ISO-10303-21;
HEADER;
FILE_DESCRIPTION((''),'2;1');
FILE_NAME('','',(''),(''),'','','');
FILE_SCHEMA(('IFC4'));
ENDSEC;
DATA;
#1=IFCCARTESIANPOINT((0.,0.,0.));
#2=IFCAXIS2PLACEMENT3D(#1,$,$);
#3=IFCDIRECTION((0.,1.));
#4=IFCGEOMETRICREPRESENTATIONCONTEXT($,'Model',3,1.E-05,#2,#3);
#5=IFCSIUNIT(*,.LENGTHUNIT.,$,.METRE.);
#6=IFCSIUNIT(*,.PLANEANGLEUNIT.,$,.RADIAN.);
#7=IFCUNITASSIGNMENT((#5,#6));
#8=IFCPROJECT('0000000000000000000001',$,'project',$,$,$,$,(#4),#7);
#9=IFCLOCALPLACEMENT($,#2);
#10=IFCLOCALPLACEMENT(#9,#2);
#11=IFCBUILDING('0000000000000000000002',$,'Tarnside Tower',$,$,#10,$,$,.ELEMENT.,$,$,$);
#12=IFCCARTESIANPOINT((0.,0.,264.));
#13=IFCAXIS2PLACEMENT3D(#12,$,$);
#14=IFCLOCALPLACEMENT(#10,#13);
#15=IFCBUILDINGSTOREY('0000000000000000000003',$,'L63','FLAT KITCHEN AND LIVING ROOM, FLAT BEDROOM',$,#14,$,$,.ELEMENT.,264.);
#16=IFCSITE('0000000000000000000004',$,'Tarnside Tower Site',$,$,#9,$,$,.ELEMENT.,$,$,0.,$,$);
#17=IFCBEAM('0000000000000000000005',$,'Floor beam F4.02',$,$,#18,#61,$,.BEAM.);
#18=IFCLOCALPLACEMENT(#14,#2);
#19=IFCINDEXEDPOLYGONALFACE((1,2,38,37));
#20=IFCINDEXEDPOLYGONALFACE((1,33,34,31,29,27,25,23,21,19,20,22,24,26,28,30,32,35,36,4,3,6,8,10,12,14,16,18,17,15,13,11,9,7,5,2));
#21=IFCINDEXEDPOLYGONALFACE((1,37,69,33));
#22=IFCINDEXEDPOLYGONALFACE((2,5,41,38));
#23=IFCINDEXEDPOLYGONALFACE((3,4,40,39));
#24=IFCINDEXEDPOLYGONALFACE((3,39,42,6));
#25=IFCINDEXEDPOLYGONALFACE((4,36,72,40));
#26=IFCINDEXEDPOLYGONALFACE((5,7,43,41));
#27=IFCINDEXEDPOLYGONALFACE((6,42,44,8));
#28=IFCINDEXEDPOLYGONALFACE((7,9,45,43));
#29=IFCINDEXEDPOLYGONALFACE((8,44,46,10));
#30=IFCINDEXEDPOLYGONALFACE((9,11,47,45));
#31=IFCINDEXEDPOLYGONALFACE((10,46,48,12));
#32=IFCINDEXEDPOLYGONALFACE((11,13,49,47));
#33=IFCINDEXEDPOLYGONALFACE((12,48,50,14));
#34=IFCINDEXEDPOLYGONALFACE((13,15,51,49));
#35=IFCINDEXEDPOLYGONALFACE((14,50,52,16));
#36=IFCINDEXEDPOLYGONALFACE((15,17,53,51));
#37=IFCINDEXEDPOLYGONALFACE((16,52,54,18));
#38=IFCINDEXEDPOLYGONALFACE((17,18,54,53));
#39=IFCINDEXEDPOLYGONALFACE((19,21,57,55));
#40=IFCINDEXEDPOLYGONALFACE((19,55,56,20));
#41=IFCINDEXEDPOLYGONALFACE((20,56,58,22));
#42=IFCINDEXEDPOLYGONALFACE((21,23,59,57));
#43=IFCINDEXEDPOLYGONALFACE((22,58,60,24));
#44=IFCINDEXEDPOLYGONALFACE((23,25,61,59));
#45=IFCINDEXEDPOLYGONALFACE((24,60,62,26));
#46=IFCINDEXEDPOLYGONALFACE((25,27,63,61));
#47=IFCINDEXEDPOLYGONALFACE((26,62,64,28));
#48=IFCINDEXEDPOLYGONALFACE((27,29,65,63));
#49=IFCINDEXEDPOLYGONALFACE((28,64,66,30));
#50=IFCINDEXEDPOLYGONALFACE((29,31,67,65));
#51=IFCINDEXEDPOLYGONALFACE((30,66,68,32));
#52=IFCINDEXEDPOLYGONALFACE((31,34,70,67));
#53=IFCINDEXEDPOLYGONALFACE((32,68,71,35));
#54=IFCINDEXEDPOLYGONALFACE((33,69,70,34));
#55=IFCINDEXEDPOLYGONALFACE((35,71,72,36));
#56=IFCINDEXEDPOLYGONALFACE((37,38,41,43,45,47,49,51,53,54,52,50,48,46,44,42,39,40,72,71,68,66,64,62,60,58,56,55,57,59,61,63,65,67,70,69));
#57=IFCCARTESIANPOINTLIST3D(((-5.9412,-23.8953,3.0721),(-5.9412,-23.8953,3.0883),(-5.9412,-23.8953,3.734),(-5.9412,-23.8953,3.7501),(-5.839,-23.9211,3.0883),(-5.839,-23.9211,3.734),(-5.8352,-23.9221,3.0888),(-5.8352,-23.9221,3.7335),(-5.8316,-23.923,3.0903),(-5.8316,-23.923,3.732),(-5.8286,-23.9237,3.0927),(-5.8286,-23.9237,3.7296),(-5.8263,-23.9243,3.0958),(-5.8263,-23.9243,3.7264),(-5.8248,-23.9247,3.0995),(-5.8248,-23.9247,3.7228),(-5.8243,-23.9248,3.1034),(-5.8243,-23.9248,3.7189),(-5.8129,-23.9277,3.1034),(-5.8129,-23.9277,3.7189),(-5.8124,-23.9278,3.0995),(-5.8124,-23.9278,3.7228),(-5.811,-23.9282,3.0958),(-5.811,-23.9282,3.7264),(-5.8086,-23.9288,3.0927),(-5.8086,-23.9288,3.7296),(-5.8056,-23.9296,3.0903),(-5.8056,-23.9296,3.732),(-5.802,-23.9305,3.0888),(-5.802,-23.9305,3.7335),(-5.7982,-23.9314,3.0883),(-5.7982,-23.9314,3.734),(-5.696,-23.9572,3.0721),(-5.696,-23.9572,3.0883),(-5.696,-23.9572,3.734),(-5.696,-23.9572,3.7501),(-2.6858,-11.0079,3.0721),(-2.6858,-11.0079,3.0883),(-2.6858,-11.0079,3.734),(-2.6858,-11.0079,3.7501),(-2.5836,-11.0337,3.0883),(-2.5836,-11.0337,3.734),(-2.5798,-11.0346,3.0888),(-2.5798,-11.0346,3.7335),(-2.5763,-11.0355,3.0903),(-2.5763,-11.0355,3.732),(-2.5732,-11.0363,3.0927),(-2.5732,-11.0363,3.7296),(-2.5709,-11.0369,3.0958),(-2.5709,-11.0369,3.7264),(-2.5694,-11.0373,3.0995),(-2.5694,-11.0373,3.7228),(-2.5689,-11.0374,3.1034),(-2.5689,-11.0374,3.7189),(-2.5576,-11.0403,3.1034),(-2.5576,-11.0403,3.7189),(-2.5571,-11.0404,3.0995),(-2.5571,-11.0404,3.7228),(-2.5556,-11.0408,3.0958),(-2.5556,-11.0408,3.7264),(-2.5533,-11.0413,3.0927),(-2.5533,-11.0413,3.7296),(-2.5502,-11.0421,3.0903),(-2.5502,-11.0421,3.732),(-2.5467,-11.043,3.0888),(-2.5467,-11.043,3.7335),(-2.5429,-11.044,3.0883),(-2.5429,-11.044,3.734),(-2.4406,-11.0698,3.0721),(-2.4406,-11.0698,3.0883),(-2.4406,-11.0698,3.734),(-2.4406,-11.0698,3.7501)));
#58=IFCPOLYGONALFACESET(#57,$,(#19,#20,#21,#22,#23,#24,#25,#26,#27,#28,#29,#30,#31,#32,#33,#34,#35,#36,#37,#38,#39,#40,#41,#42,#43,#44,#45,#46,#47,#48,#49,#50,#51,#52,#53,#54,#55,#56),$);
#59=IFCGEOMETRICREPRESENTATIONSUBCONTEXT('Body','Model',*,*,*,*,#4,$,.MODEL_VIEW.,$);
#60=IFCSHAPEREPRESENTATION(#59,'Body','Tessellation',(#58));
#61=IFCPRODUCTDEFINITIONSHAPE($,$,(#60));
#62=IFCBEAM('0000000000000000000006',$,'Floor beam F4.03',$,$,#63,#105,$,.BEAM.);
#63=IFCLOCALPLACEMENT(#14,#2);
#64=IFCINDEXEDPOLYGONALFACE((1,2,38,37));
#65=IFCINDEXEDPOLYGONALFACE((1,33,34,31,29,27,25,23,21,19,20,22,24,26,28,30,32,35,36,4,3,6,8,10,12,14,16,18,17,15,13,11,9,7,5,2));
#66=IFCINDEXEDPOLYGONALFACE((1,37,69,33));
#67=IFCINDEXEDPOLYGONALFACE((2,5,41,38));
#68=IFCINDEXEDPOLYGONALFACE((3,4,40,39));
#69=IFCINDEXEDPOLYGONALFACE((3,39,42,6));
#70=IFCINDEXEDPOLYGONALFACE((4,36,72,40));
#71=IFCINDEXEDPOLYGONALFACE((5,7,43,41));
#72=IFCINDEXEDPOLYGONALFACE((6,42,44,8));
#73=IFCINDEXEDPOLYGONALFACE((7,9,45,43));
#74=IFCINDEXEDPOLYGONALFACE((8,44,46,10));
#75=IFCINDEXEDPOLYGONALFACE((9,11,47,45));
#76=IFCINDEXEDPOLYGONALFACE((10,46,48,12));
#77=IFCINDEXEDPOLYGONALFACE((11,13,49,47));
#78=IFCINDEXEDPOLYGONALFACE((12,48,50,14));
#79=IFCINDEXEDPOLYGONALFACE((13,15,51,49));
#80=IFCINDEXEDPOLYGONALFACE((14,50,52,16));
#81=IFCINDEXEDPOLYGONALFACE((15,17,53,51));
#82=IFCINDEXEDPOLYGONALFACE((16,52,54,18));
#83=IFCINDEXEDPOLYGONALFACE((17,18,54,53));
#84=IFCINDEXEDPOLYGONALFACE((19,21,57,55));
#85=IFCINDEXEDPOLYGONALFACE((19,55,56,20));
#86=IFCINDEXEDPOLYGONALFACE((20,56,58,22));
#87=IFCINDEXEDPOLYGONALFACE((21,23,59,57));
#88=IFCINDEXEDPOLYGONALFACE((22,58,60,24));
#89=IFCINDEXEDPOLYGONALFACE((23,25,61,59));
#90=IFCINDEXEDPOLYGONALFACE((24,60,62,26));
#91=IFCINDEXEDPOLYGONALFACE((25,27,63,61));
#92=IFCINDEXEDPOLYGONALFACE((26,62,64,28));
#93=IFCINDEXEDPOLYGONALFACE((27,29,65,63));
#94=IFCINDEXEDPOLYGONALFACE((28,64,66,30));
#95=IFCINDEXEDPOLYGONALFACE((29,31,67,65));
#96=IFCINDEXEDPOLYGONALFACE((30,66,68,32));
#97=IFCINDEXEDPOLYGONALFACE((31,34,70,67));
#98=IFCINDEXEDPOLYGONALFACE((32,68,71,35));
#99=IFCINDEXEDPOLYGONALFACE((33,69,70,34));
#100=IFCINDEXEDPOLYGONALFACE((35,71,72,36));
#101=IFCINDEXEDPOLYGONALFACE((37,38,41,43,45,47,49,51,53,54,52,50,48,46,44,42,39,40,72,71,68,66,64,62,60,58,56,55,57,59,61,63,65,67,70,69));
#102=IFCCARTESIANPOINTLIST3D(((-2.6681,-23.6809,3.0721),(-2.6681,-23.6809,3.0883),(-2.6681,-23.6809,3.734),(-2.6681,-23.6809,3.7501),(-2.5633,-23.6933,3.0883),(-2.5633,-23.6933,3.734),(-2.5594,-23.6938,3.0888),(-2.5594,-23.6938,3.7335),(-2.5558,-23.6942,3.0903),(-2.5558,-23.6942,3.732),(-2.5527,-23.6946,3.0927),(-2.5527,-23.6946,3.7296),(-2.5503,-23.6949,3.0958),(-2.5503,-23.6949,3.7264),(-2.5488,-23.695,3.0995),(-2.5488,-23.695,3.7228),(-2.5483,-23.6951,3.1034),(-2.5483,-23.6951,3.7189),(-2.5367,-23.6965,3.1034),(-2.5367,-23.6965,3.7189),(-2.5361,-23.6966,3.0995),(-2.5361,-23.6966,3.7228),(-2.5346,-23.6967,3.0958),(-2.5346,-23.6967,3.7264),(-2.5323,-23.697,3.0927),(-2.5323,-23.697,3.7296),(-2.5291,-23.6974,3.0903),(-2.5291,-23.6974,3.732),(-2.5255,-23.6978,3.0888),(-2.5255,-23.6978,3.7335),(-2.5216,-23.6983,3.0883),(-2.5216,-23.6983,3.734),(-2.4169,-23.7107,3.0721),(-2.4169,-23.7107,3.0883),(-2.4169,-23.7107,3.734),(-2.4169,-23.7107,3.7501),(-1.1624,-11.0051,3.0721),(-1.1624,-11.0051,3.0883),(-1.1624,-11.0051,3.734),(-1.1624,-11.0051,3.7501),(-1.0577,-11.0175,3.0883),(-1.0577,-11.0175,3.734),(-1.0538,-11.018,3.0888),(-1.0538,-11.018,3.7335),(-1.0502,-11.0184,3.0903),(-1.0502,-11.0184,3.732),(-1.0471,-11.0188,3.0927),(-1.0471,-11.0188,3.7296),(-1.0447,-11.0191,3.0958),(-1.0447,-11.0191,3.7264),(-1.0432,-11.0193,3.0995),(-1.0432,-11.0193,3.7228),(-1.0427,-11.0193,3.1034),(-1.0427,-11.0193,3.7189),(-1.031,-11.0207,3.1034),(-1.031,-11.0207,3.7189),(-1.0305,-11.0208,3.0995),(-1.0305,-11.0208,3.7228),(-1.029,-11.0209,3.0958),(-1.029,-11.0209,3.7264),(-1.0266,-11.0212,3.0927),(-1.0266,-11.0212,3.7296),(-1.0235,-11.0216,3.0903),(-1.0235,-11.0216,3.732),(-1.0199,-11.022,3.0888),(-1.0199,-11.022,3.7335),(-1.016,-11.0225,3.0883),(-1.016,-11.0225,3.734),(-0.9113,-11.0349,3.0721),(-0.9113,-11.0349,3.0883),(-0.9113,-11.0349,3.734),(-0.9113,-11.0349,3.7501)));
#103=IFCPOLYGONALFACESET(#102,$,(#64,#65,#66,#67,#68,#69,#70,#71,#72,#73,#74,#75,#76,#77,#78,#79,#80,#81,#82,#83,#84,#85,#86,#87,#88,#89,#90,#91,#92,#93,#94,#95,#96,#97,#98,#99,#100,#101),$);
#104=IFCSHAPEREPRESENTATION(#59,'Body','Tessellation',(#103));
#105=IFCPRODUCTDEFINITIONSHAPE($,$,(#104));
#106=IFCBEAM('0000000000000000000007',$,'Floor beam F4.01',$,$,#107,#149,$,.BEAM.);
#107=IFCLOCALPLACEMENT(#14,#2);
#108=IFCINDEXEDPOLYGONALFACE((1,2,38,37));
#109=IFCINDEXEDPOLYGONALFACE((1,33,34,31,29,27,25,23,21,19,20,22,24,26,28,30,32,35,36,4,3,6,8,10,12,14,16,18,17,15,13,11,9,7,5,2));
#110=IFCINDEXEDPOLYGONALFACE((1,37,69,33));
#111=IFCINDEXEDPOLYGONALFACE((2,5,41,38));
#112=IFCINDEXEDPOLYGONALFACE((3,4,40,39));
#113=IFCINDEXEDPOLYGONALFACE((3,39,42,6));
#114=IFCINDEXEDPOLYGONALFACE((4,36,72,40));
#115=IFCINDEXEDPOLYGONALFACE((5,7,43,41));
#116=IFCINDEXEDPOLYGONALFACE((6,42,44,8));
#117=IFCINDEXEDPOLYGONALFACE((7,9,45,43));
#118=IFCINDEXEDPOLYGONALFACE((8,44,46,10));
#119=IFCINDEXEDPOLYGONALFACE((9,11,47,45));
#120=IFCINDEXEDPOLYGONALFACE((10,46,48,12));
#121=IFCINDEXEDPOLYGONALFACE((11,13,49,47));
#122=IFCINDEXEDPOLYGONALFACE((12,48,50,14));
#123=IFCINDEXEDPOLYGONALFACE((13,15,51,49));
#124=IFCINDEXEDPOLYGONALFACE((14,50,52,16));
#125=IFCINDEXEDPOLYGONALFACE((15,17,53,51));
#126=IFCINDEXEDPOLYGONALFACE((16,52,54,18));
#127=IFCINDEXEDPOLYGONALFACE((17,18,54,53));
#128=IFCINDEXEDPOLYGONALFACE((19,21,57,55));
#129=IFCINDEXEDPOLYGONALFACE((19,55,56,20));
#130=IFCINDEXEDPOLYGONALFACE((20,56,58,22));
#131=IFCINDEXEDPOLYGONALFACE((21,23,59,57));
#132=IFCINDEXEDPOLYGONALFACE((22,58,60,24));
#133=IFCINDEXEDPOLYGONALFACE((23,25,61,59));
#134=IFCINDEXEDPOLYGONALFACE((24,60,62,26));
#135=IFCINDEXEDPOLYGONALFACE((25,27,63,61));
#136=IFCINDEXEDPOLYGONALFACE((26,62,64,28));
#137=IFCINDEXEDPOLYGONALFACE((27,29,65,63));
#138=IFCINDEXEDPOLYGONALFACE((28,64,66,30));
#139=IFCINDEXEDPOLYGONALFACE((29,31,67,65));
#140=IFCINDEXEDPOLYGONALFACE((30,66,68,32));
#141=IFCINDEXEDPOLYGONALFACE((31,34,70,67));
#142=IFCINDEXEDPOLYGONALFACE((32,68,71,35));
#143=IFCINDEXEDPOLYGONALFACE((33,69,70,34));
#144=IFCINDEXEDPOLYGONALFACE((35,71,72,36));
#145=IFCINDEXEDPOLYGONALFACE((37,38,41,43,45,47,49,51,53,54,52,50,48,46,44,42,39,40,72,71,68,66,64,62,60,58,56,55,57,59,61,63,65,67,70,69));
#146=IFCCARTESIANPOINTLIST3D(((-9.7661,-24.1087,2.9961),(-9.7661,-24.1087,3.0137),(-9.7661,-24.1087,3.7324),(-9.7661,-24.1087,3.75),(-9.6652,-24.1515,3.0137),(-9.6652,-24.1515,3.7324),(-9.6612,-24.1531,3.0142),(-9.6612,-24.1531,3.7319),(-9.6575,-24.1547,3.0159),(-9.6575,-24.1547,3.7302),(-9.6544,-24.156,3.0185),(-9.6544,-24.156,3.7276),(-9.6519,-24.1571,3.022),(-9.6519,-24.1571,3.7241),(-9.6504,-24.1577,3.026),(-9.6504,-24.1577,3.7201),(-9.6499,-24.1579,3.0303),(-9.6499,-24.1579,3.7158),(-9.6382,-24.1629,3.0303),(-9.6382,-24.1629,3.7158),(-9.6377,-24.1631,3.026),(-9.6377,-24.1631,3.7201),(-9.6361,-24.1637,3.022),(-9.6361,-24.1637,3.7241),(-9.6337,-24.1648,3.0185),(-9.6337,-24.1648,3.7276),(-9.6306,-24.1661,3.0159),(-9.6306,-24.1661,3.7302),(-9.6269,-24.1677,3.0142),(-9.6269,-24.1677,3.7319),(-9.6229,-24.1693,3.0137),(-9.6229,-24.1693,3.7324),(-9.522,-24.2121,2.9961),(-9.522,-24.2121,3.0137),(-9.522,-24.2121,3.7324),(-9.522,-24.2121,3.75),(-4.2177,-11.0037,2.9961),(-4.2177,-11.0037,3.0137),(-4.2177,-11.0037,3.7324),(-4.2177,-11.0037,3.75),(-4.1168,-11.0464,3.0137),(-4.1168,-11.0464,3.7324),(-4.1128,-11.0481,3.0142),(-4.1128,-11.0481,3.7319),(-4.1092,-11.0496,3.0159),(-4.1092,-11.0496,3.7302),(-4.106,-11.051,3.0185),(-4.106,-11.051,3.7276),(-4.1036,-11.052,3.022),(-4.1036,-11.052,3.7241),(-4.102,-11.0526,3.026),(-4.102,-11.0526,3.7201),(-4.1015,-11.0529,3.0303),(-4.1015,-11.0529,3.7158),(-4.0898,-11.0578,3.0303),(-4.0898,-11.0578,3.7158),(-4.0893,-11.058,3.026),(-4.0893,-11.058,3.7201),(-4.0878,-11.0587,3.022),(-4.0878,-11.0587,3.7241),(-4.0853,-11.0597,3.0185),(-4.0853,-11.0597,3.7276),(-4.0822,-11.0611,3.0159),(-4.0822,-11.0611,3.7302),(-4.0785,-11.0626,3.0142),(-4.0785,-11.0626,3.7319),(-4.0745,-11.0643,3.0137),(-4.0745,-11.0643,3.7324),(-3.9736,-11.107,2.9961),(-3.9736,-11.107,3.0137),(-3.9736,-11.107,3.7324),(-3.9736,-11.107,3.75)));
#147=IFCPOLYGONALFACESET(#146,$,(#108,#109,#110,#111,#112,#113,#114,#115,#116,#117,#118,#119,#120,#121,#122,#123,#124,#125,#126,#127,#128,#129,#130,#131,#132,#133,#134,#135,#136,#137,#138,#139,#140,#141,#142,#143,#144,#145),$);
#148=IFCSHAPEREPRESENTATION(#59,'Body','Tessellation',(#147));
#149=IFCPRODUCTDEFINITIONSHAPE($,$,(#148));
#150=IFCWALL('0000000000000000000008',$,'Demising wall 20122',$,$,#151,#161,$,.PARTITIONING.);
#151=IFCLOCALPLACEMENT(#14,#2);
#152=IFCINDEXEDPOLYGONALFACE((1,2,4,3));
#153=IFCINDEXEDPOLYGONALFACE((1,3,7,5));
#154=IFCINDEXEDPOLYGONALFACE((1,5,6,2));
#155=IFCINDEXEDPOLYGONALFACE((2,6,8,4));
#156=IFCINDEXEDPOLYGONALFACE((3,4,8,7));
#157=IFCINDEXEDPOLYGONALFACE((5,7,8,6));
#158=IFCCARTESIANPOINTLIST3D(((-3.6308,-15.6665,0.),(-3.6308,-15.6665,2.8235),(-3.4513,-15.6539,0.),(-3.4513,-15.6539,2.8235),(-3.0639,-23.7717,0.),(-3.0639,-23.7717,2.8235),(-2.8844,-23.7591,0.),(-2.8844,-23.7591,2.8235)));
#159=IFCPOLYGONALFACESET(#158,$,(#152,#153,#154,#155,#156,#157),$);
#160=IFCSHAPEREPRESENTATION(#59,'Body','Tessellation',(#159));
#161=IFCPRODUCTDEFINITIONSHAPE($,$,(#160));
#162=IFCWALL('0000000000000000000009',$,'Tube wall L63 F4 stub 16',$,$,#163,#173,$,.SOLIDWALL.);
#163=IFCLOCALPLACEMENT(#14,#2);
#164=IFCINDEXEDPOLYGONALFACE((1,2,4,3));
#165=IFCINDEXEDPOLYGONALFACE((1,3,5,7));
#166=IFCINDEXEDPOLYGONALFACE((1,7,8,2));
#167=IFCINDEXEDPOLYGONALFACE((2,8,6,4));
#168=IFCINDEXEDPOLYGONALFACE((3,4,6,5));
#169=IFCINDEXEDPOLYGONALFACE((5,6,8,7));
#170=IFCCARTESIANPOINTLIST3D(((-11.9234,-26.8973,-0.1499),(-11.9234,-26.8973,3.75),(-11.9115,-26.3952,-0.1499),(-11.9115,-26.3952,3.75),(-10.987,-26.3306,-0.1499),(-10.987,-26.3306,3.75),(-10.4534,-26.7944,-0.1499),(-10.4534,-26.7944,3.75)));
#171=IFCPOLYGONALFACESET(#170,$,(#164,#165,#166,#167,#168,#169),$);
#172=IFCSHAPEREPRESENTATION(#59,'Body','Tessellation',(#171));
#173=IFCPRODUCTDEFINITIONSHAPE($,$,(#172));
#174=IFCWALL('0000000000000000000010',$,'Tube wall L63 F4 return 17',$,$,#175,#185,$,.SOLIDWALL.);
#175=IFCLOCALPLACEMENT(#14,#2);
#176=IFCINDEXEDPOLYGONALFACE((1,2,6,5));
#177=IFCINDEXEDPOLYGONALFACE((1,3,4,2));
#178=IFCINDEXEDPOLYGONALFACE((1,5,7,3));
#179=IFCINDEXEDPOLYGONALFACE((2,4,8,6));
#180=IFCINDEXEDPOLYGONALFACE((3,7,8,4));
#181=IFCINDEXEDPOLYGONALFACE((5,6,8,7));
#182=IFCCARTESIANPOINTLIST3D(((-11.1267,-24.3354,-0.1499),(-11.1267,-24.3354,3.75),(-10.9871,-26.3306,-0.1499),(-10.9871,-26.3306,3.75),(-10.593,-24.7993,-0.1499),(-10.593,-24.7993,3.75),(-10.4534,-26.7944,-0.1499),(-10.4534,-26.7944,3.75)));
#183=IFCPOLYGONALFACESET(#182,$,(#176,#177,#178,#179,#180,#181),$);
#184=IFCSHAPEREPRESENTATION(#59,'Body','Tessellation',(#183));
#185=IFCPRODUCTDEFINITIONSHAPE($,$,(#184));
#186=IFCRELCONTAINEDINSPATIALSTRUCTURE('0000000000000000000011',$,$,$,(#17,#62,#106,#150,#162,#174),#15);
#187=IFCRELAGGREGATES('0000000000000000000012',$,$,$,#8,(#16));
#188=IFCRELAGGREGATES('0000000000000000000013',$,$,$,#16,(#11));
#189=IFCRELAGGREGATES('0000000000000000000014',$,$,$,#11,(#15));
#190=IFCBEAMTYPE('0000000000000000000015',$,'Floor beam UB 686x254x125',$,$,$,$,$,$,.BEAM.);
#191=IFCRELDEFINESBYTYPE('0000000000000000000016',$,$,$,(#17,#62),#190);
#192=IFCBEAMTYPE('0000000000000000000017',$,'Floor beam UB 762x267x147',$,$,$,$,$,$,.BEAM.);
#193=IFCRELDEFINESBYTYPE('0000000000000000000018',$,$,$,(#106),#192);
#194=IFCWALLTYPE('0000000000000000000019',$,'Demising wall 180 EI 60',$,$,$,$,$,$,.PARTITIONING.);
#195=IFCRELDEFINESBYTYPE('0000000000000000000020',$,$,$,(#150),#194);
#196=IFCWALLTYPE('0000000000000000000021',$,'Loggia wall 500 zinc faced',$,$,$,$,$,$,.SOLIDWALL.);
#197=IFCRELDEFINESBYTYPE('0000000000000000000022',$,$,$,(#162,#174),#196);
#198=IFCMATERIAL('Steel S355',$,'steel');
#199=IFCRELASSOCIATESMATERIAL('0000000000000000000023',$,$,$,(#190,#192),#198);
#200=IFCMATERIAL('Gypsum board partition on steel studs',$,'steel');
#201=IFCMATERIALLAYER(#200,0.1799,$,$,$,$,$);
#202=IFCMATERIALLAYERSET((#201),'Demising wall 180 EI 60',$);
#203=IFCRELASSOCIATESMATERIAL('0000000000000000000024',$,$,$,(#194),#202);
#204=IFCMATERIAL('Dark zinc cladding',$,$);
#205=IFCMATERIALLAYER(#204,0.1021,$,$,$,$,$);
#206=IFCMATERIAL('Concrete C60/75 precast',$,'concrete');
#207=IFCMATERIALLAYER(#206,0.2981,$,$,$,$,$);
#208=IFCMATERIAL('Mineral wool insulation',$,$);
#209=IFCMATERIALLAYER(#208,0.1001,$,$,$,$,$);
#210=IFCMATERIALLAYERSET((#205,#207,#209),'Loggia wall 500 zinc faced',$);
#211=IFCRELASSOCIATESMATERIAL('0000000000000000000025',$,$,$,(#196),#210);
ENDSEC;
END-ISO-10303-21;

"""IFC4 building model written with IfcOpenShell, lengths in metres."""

from ifc_helpers import new_model, si_unit, direction, frame, frame_2d, origin, origin_2d, place, context, subcontext, project, spatial, polyline, rectangle, i_section, outline, extrude, material, layer, layer_set, material_profile, profile_set, type_object, element, save


model = new_model("IFC4")

# Units and contexts
model_context = context("Model", 3, precision=1e-05, world=origin(), true_north=direction((0.0, 1.0)))
body_context = subcontext(model_context, "Body", "Model", "MODEL_VIEW")
ifc_project = project(units=[si_unit("LENGTHUNIT", "METRE"), si_unit("PLANEANGLEUNIT", "RADIAN")], contexts=[model_context])

# Site, building, storey
site_placement = place(None, origin())
site = spatial("IfcSite", under=ifc_project, at=site_placement, Name="Tarnside Tower Site", CompositionType="ELEMENT", RefElevation=0.0)
building_placement = place(site_placement, origin())
building = spatial("IfcBuilding", under=site, at=building_placement, Name="Tarnside Tower", CompositionType="ELEMENT")
storey_placement = place(building_placement, frame((0.0, 0.0, 264.0)))
storey = spatial("IfcBuildingStorey", under=building, at=storey_placement, Name="L63", Description="FLAT KITCHEN AND LIVING ROOM, FLAT BEDROOM", CompositionType="ELEMENT", Elevation=264.0)

# Beams
ifc_material_1 = material(Name="Steel S355", Category="steel")
ifc_material_profile_1 = material_profile(ifc_material_1, i_section(OverallWidth=0.2529, OverallDepth=0.678, WebThickness=0.0117, FlangeThickness=0.0161, FilletRadius=0.0151, at=origin_2d()), Name="UB 686x254x125")
ifc_profile_set_1 = profile_set([ifc_material_profile_1], Name="Steel S355")
beam_type_1 = type_object("IfcBeamType", Name="Floor beam UB 686x254x125", PredefinedType="BEAM", material=ifc_profile_set_1)
beam_1_placement = place(storey_placement, frame((-5.8186, -23.9263, 3.4111), z_axis=(0.244908, 0.969546, 0.0), x_axis=(-0.969546, 0.244908, 0.0)))
element("IfcBeam", 1, at=beam_1_placement, inside=storey, type_object=beam_type_1, Name="Floor beam F4.02", PredefinedType="BEAM", context=body_context, shape_type="SweptSolid", body=[
    extrude(i_section(OverallWidth=0.2529, OverallDepth=0.678, WebThickness=0.0117, FlangeThickness=0.0161, FilletRadius=0.0151, at=origin_2d()), origin(), (0.0, 0.0, 1.0), 13.2922),
])
beam_2_placement = place(storey_placement, frame((-2.5425, -23.6958, 3.4111), z_axis=(0.11795, 0.99302, 0.0), x_axis=(-0.99302, 0.11795, 0.0)))
element("IfcBeam", 2, at=beam_2_placement, inside=storey, type_object=beam_type_1, Name="Floor beam F4.03", PredefinedType="BEAM", context=body_context, shape_type="SweptSolid", body=[
    extrude(i_section(OverallWidth=0.2529, OverallDepth=0.678, WebThickness=0.0117, FlangeThickness=0.0161, FilletRadius=0.0151, at=origin_2d()), origin(), (0.0, 0.0, 1.0), 12.7649),
])
ifc_material_profile_2 = material_profile(ifc_material_1, i_section(OverallWidth=0.2651, OverallDepth=0.7539, WebThickness=0.0127, FlangeThickness=0.0176, FilletRadius=0.0166, at=origin_2d()), Name="UB 762x267x147")
ifc_profile_set_2 = profile_set([ifc_material_profile_2], Name="Steel S355")
beam_type_2 = type_object("IfcBeamType", Name="Floor beam UB 762x267x147", PredefinedType="BEAM", material=ifc_profile_set_2)
beam_3_placement = place(storey_placement, frame((-9.644, -24.1604, 3.373), z_axis=(0.389874, 0.920868, 0.0), x_axis=(-0.920868, 0.389874, 0.0)))
element("IfcBeam", 3, at=beam_3_placement, inside=storey, type_object=beam_type_2, Name="Floor beam F4.01", PredefinedType="BEAM", context=body_context, shape_type="SweptSolid", body=[
    extrude(i_section(OverallWidth=0.2651, OverallDepth=0.7539, WebThickness=0.0127, FlangeThickness=0.0176, FilletRadius=0.0166, at=origin_2d()), origin(), (0.0, 0.0, 1.0), 14.2312),
])

# Walls
ifc_material_2 = material(Name="Gypsum board partition on steel studs", Category="steel")
ifc_layer_1 = layer(ifc_material_2, 0.1799)
ifc_layer_set_1 = layer_set([ifc_layer_1], Name="Demising wall 180 EI 60")
wall_type_1 = type_object("IfcWallType", Name="Demising wall 180 EI 60", PredefinedType="PARTITIONING", material=ifc_layer_set_1)
wall_1_placement = place(storey_placement, frame((-2.9741, -23.7654, 0.0), z_axis=(0.0, 0.0, 1.0), x_axis=(-0.069771, 0.997563, 0.0)))
element("IfcWall", 4, at=wall_1_placement, inside=storey, type_object=wall_type_1, Name="Demising wall 20122", PredefinedType="PARTITIONING", context=body_context, shape_type="SweptSolid", body=[
    extrude(rectangle(XDim=8.125, YDim=0.1799, at=frame_2d((4.0625, 0.0))), origin(), (0.0, 0.0, 1.0), 2.8235),
])
ifc_material_3 = material(Name="Dark zinc cladding")
ifc_layer_2 = layer(ifc_material_3, 0.1021)
ifc_material_4 = material(Name="Concrete C60/75 precast", Category="concrete")
ifc_layer_3 = layer(ifc_material_4, 0.2981)
ifc_material_5 = material(Name="Mineral wool insulation")
ifc_layer_4 = layer(ifc_material_5, 0.1001)
ifc_layer_set_2 = layer_set([ifc_layer_2, ifc_layer_3, ifc_layer_4], Name="Loggia wall 500 zinc faced")
wall_type_2 = type_object("IfcWallType", Name="Loggia wall 500 zinc faced", PredefinedType="SOLIDWALL", material=ifc_layer_set_2)
wall_2_placement = place(storey_placement, frame((-11.9175, -26.6462, -0.1499), z_axis=(0.0, 0.0, 1.0), x_axis=(0.997563, 0.069772, 0.0)))
element("IfcWall", 5, at=wall_2_placement, inside=storey, type_object=wall_type_2, Name="Tube wall L63 F4 stub 16", PredefinedType="SOLIDWALL", context=body_context, shape_type="SweptSolid", body=[
    extrude(outline(polyline([(-0.0234, -0.25), (1.4502, -0.25), (0.9502, 0.25), (0.0234, 0.25), (-0.0234, -0.25)])), origin(), (0.0, 0.0, 1.0), 3.8999),
])
wall_3_placement = place(storey_placement, frame((-10.7202, -26.5625, -0.1499), z_axis=(0.0, 0.0, 1.0), x_axis=(-0.069824, 0.997559, 0.0)))
element("IfcWall", 6, at=wall_3_placement, inside=storey, type_object=wall_type_2, Name="Tube wall L63 F4 return 17", PredefinedType="SOLIDWALL", context=body_context, shape_type="SweptSolid", body=[
    extrude(outline(polyline([(-0.25, -0.25), (1.75, -0.25), (2.25, 0.25), (0.25, 0.25), (-0.25, -0.25)])), origin(), (0.0, 0.0, 1.0), 3.8999),
])

save(model, "model.ifc")
